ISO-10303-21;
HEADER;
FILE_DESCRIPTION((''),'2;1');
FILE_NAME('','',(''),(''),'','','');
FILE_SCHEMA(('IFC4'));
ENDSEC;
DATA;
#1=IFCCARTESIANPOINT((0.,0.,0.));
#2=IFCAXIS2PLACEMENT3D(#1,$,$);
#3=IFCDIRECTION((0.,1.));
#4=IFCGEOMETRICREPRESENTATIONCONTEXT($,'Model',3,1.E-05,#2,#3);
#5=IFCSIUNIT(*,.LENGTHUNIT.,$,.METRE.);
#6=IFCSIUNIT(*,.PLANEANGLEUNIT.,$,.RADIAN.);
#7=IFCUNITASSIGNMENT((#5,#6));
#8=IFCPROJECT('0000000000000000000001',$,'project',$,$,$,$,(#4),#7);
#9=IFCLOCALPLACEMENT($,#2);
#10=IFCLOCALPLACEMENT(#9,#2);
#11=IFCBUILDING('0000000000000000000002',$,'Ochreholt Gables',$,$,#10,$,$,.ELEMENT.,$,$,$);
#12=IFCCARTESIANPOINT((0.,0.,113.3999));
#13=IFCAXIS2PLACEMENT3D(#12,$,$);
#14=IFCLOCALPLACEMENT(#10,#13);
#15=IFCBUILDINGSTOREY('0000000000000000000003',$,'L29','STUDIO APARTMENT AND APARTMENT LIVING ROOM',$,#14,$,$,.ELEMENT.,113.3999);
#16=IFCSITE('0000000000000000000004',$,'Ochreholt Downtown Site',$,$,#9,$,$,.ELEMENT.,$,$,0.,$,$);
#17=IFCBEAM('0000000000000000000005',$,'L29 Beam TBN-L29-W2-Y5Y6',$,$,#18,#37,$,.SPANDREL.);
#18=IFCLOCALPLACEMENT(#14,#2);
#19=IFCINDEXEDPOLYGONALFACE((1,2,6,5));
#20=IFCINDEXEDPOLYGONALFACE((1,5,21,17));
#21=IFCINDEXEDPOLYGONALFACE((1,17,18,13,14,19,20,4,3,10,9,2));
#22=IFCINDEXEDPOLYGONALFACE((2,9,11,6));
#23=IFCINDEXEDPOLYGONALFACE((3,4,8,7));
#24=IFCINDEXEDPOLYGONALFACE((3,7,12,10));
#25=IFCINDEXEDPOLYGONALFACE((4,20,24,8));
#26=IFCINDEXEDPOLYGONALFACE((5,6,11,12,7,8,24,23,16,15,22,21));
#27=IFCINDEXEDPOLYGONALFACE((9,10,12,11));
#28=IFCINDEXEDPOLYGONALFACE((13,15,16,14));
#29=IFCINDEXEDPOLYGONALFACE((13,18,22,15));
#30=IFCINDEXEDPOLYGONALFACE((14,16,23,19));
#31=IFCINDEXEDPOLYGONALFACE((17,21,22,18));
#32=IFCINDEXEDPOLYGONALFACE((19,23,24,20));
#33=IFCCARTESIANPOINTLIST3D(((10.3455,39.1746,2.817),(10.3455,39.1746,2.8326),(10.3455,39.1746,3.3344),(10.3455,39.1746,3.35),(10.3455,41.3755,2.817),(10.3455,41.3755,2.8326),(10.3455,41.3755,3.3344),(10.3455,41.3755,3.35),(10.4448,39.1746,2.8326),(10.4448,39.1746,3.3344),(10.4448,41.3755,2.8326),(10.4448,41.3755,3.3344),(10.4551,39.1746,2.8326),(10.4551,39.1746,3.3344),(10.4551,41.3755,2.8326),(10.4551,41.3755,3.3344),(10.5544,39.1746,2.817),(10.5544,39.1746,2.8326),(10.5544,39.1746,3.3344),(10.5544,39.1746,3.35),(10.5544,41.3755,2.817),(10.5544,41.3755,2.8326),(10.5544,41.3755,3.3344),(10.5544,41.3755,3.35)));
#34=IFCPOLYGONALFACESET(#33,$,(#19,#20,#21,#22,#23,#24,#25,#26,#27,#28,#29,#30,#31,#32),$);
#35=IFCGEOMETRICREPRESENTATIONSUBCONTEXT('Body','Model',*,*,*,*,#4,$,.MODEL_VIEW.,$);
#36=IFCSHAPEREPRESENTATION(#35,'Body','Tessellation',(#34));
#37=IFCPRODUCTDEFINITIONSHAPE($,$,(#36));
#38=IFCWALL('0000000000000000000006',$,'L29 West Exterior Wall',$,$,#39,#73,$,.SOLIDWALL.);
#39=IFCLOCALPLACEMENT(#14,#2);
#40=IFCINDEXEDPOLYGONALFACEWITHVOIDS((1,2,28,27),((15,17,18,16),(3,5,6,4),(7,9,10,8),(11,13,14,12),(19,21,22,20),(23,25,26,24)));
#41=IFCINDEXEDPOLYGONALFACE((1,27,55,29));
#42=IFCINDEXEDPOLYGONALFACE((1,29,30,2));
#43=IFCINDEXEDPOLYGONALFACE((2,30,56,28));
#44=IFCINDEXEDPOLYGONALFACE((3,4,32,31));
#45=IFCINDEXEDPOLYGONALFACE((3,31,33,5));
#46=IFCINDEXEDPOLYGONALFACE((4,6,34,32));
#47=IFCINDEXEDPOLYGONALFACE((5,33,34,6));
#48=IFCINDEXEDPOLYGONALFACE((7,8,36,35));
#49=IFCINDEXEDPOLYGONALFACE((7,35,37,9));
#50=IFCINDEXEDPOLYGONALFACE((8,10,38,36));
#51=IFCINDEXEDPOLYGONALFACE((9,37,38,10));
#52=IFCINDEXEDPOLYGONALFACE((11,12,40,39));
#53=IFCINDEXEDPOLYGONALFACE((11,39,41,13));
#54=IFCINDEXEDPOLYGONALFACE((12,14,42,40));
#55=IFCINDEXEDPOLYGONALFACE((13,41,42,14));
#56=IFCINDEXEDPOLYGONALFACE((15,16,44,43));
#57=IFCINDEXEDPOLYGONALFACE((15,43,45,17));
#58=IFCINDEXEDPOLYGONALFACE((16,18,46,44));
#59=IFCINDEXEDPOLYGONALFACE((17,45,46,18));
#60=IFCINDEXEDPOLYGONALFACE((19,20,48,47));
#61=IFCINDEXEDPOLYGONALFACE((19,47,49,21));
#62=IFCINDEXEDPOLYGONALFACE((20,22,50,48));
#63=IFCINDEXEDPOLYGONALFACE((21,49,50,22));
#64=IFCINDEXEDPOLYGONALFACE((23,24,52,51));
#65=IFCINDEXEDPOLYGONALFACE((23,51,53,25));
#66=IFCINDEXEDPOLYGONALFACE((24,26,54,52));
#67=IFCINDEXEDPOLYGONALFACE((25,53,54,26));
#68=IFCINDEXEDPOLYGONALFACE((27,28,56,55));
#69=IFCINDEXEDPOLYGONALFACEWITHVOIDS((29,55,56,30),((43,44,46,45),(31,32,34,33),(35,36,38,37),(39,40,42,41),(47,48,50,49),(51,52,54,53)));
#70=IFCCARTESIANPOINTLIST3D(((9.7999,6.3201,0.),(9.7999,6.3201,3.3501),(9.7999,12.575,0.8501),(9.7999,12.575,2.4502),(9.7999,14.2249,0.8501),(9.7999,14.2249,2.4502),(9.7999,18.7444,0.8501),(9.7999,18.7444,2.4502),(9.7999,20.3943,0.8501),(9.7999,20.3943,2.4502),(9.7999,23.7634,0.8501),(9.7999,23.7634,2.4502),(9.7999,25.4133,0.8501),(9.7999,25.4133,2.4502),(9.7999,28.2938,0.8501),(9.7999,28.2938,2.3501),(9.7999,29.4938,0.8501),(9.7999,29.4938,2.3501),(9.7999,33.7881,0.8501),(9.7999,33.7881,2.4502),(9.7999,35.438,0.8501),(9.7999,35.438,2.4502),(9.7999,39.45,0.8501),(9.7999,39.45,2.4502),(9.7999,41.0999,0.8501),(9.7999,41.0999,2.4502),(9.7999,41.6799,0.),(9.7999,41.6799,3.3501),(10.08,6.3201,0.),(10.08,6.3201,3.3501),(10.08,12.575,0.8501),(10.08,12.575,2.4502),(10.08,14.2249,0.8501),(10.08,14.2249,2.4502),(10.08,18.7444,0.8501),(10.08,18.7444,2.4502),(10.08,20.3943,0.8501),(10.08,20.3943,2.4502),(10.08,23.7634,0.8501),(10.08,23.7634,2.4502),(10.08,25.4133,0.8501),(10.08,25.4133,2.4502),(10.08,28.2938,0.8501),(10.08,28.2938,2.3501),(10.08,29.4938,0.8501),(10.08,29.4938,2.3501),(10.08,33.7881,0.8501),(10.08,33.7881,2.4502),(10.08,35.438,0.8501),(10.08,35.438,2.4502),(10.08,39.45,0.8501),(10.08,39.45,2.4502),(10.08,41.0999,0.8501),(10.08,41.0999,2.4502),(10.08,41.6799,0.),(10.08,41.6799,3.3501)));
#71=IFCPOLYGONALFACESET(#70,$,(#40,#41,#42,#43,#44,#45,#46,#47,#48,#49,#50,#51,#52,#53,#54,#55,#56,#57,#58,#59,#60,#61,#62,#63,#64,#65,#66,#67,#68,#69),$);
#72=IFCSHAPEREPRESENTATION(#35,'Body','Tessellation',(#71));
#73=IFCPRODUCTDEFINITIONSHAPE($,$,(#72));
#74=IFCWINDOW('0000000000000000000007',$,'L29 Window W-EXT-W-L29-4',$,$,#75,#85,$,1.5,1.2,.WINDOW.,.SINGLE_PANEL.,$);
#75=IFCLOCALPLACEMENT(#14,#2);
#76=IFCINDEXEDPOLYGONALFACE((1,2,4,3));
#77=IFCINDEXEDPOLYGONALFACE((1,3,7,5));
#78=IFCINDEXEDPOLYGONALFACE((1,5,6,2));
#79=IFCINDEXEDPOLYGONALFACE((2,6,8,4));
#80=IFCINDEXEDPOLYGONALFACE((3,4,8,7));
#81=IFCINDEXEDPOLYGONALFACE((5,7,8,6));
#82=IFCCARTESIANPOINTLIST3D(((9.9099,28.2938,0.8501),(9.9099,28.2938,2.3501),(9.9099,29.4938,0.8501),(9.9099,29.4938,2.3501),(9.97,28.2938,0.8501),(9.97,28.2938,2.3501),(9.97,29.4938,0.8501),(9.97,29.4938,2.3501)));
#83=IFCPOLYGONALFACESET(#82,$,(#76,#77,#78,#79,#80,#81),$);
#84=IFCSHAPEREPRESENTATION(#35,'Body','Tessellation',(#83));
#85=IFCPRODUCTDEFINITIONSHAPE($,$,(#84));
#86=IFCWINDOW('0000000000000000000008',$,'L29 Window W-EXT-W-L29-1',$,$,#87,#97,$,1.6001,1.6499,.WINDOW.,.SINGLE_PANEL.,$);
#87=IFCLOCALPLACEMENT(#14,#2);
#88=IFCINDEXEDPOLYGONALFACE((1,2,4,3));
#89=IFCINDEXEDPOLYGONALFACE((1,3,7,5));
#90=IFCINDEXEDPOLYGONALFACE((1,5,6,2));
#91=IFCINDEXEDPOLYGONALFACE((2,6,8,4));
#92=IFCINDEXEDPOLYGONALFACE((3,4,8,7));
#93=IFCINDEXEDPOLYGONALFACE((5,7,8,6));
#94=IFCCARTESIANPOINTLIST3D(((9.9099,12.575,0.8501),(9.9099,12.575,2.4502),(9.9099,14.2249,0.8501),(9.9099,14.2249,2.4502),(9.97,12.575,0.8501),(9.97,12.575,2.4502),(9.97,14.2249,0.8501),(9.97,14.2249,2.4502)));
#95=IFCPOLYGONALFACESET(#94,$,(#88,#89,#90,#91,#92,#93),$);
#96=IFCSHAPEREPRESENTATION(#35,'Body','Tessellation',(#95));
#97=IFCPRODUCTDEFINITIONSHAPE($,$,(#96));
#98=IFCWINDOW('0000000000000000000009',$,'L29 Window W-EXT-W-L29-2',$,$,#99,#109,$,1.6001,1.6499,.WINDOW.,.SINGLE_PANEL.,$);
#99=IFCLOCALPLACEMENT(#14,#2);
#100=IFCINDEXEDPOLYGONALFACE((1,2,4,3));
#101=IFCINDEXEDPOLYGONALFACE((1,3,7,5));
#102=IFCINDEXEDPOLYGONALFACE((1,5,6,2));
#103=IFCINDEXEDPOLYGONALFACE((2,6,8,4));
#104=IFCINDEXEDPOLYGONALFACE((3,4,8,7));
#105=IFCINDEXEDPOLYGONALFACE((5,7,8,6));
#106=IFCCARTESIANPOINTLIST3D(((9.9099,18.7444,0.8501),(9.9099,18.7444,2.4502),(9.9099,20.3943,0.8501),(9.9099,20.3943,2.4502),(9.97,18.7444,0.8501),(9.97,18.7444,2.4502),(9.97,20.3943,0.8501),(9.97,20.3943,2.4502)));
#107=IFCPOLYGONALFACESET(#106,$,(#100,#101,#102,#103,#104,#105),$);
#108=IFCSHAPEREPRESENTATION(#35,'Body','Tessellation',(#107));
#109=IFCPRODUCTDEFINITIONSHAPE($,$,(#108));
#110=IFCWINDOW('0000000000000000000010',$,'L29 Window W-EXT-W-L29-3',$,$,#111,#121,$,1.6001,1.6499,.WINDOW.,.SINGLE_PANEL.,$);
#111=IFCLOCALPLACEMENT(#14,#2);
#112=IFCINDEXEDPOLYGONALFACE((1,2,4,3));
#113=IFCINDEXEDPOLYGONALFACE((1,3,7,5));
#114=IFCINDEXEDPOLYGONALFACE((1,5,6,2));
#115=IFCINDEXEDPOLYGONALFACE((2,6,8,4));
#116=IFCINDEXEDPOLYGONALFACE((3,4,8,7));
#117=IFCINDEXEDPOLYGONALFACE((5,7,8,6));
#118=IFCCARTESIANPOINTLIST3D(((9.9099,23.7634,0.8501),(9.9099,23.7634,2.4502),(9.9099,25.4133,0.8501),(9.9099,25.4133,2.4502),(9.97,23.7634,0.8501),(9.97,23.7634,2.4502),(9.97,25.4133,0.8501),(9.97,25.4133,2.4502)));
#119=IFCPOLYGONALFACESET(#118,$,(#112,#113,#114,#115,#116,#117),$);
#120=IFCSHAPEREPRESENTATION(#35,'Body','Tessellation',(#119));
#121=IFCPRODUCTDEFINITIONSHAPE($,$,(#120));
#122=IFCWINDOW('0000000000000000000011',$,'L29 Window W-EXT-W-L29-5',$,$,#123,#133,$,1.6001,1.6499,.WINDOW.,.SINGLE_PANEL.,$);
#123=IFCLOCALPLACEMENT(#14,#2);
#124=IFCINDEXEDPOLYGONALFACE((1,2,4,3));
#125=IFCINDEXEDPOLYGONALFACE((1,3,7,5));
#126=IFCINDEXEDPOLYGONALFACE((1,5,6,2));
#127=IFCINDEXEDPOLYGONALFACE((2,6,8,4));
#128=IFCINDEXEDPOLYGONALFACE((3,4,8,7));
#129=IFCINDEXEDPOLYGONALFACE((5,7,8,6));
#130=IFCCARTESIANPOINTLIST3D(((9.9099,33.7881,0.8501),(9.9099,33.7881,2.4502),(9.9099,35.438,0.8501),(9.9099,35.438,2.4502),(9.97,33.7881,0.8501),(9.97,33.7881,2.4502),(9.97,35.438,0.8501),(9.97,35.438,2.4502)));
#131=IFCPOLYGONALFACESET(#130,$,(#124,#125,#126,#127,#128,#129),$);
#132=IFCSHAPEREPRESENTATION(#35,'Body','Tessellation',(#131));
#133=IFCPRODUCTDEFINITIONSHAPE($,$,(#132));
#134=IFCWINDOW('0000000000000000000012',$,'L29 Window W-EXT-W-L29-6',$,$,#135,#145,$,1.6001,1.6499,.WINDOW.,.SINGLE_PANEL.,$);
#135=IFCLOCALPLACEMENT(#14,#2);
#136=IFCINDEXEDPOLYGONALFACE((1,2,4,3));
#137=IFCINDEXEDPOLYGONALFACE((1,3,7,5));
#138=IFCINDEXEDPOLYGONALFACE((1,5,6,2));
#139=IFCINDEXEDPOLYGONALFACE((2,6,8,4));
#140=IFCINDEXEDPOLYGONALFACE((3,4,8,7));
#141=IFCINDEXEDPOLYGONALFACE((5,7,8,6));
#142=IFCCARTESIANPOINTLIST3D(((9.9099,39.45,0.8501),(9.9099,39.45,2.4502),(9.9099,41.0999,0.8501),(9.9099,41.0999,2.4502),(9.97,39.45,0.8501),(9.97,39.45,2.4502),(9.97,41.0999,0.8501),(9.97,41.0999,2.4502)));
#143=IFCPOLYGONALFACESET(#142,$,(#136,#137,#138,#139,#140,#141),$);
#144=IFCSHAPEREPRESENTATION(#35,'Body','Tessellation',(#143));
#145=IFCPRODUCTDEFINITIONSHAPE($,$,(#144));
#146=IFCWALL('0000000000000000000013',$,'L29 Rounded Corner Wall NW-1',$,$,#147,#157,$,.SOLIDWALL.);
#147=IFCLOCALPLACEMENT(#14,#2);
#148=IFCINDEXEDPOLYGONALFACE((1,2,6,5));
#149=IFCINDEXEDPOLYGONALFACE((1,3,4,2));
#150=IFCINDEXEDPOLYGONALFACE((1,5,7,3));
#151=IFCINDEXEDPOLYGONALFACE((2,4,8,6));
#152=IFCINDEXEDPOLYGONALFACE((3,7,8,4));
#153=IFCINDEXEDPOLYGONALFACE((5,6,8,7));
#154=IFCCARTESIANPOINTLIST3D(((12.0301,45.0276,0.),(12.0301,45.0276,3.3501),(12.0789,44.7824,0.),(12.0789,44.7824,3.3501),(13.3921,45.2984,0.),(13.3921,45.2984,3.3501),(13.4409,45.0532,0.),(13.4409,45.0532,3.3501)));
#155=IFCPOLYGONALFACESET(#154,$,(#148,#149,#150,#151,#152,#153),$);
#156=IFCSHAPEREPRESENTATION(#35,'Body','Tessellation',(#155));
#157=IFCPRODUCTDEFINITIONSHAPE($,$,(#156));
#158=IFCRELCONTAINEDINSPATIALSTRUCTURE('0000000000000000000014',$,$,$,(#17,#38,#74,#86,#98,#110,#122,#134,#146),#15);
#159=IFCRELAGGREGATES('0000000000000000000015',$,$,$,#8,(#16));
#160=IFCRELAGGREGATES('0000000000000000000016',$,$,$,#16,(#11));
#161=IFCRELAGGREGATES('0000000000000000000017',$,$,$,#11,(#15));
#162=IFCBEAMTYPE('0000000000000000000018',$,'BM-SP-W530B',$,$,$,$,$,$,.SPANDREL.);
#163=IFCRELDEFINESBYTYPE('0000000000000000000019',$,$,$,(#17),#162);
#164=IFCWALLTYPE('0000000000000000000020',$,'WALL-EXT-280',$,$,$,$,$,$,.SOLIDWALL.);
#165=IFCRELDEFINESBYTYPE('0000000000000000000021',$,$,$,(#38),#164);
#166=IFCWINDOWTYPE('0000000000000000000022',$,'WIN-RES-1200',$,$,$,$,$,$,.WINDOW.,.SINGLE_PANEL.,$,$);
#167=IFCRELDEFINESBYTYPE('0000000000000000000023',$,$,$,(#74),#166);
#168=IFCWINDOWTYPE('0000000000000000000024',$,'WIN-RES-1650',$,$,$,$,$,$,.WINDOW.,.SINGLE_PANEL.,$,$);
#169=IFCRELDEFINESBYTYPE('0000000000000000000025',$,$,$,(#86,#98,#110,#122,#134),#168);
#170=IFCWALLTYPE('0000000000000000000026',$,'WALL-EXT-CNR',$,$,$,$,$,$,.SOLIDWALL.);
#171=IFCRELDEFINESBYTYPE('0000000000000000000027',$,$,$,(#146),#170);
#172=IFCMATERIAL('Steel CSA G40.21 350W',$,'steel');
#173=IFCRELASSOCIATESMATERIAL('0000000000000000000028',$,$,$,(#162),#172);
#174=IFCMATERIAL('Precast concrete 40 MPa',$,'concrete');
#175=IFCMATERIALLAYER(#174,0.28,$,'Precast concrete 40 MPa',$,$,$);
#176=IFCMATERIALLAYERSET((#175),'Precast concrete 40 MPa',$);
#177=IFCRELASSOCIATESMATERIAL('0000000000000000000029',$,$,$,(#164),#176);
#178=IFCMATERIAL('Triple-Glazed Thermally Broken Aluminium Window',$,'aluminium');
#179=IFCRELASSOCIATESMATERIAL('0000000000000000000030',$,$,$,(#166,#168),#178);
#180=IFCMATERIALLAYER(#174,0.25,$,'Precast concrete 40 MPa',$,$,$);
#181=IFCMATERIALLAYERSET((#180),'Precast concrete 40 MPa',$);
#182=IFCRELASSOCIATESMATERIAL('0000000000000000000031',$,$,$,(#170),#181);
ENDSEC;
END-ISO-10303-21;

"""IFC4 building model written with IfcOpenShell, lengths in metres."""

from ifc_helpers import new_model, si_unit, direction, frame, frame_2d, origin, origin_2d, place, context, subcontext, project, spatial, rectangle, i_section, extrude, material, layer, layer_set, material_profile, profile_set, type_object, element, fill, save


model = new_model("IFC4")

# Units and contexts
model_context = context("Model", 3, precision=1e-05, world=origin(), true_north=direction((0.0, 1.0)))
body_context = subcontext(model_context, "Body", "Model", "MODEL_VIEW")
ifc_project = project(units=[si_unit("LENGTHUNIT", "METRE"), si_unit("PLANEANGLEUNIT", "RADIAN")], contexts=[model_context])

# Site, building, storey
site_placement = place(None, origin())
site = spatial("IfcSite", under=ifc_project, at=site_placement, Name="Ochreholt Downtown Site", CompositionType="ELEMENT", RefElevation=0.0)
building_placement = place(site_placement, origin())
building = spatial("IfcBuilding", under=site, at=building_placement, Name="Ochreholt Gables", CompositionType="ELEMENT")
storey_placement = place(building_placement, frame((0.0, 0.0, 113.3999)))
storey = spatial("IfcBuildingStorey", under=building, at=storey_placement, Name="L29", Description="STUDIO APARTMENT AND APARTMENT LIVING ROOM", CompositionType="ELEMENT", Elevation=113.3999)

# Beam
ifc_material_1 = material(Name="Steel CSA G40.21 350W", Category="steel")
ifc_material_profile_1 = material_profile(ifc_material_1, i_section(OverallWidth=0.209, OverallDepth=0.533, WebThickness=0.0103, FlangeThickness=0.0156, at=origin_2d()), Name="W530X92")
ifc_profile_set_1 = profile_set([ifc_material_profile_1], Name="Steel CSA G40.21 350W")
beam_type_1 = type_object("IfcBeamType", Name="BM-SP-W530B", PredefinedType="SPANDREL", material=ifc_profile_set_1)
beam_1_placement = place(storey_placement, frame((10.45, 39.1746, 3.0835), z_axis=(0.0, 1.0, 0.0), x_axis=(-1.0, 0.0, 0.0)))
element("IfcBeam", 1, at=beam_1_placement, inside=storey, type_object=beam_type_1, Name="L29 Beam TBN-L29-W2-Y5Y6", PredefinedType="SPANDREL", context=body_context, shape_type="SweptSolid", body=[
    extrude(i_section(OverallWidth=0.209, OverallDepth=0.533, WebThickness=0.0103, FlangeThickness=0.0156, at=origin_2d()), origin(), (0.0, 0.0, 1.0), 2.2009),
])

# Wall, openings, windows
ifc_material_2 = material(Name="Precast concrete 40 MPa", Category="concrete")
ifc_layer_1 = layer(ifc_material_2, 0.28, Name="Precast concrete 40 MPa")
ifc_layer_set_1 = layer_set([ifc_layer_1], Name="Precast concrete 40 MPa")
wall_type_1 = type_object("IfcWallType", Name="WALL-EXT-280", PredefinedType="SOLIDWALL", material=ifc_layer_set_1)
wall_1_placement = place(storey_placement, frame((9.9399, 41.6799, 0.0), z_axis=(0.0, 0.0, 1.0), x_axis=(0.0, -1.0, 0.0)))
wall_1 = element("IfcWall", 2, at=wall_1_placement, inside=storey, type_object=wall_type_1, Name="L29 West Exterior Wall", PredefinedType="SOLIDWALL", context=body_context, shape_type="SweptSolid", body=[
    extrude(rectangle(XDim=35.3599, YDim=0.28, at=frame_2d((17.6799, 0.0))), origin(), (0.0, 0.0, 1.0), 3.3501),
])
opening_1_placement = place(wall_1_placement, frame((27.4551, 0.0, 0.8501)))
opening_1 = element("IfcOpeningElement", 3, at=opening_1_placement, cuts=wall_1, PredefinedType="OPENING", context=body_context, shape_type="SweptSolid", body=[
    extrude(rectangle(XDim=1.6499, YDim=1.6001, at=frame_2d((0.825, 0.8))), frame((0.0, 0.1499, 0.0), z_axis=(0.0, -1.0, 0.0), x_axis=(1.0, 0.0, 0.0)), (0.0, 0.0, 1.0), 0.3),
])
opening_2_placement = place(wall_1_placement, frame((21.2856, 0.0, 0.8501)))
opening_2 = element("IfcOpeningElement", 4, at=opening_2_placement, cuts=wall_1, PredefinedType="OPENING", context=body_context, shape_type="SweptSolid", body=[
    extrude(rectangle(XDim=1.6499, YDim=1.6001, at=frame_2d((0.825, 0.8))), frame((0.0, 0.1499, 0.0), z_axis=(0.0, -1.0, 0.0), x_axis=(1.0, 0.0, 0.0)), (0.0, 0.0, 1.0), 0.3),
])
opening_3_placement = place(wall_1_placement, frame((16.2666, 0.0, 0.8501)))
opening_3 = element("IfcOpeningElement", 5, at=opening_3_placement, cuts=wall_1, PredefinedType="OPENING", context=body_context, shape_type="SweptSolid", body=[
    extrude(rectangle(XDim=1.6499, YDim=1.6001, at=frame_2d((0.825, 0.8))), frame((0.0, 0.1499, 0.0), z_axis=(0.0, -1.0, 0.0), x_axis=(1.0, 0.0, 0.0)), (0.0, 0.0, 1.0), 0.3),
])
opening_4_placement = place(wall_1_placement, frame((12.186, 0.0, 0.8501)))
opening_4 = element("IfcOpeningElement", 6, at=opening_4_placement, cuts=wall_1, PredefinedType="OPENING", context=body_context, shape_type="SweptSolid", body=[
    extrude(rectangle(XDim=1.2, YDim=1.5, at=frame_2d((0.6001, 0.75))), frame((0.0, 0.1499, 0.0), z_axis=(0.0, -1.0, 0.0), x_axis=(1.0, 0.0, 0.0)), (0.0, 0.0, 1.0), 0.3),
])
opening_5_placement = place(wall_1_placement, frame((6.2419, 0.0, 0.8501)))
opening_5 = element("IfcOpeningElement", 7, at=opening_5_placement, cuts=wall_1, PredefinedType="OPENING", context=body_context, shape_type="SweptSolid", body=[
    extrude(rectangle(XDim=1.6499, YDim=1.6001, at=frame_2d((0.825, 0.8))), frame((0.0, 0.1499, 0.0), z_axis=(0.0, -1.0, 0.0), x_axis=(1.0, 0.0, 0.0)), (0.0, 0.0, 1.0), 0.3),
])
opening_6_placement = place(wall_1_placement, frame((0.5801, 0.0, 0.8501)))
opening_6 = element("IfcOpeningElement", 8, at=opening_6_placement, cuts=wall_1, PredefinedType="OPENING", context=body_context, shape_type="SweptSolid", body=[
    extrude(rectangle(XDim=1.6499, YDim=1.6001, at=frame_2d((0.825, 0.8))), frame((0.0, 0.1499, 0.0), z_axis=(0.0, -1.0, 0.0), x_axis=(1.0, 0.0, 0.0)), (0.0, 0.0, 1.0), 0.3),
])
ifc_material_3 = material(Name="Triple-Glazed Thermally Broken Aluminium Window", Category="aluminium")
window_type_1 = type_object("IfcWindowType", Name="WIN-RES-1200", PartitioningType="SINGLE_PANEL", PredefinedType="WINDOW", material=ifc_material_3)
window_1_placement = place(opening_4_placement, origin())
window_1 = element("IfcWindow", 9, at=window_1_placement, inside=storey, type_object=window_type_1, Name="L29 Window W-EXT-W-L29-4", OverallHeight=1.5, OverallWidth=1.2, PartitioningType="SINGLE_PANEL", PredefinedType="WINDOW", context=body_context, shape_type="SweptSolid", body=[
    extrude(rectangle(XDim=1.2, YDim=1.5, at=frame_2d((0.6001, 0.75))), frame((0.0, 0.03, 0.0), z_axis=(0.0, -1.0, 0.0), x_axis=(1.0, 0.0, 0.0)), (0.0, 0.0, 1.0), 0.0601),
])
fill(opening_4, window_1)
window_type_2 = type_object("IfcWindowType", Name="WIN-RES-1650", PartitioningType="SINGLE_PANEL", PredefinedType="WINDOW", material=ifc_material_3)
window_2_placement = place(opening_1_placement, origin())
window_2 = element("IfcWindow", 10, at=window_2_placement, inside=storey, type_object=window_type_2, Name="L29 Window W-EXT-W-L29-1", OverallHeight=1.6001, OverallWidth=1.6499, PartitioningType="SINGLE_PANEL", PredefinedType="WINDOW", context=body_context, shape_type="SweptSolid", body=[
    extrude(rectangle(XDim=1.6499, YDim=1.6001, at=frame_2d((0.825, 0.8))), frame((0.0, 0.03, 0.0), z_axis=(0.0, -1.0, 0.0), x_axis=(1.0, 0.0, 0.0)), (0.0, 0.0, 1.0), 0.0601),
])
fill(opening_1, window_2)
window_3_placement = place(opening_2_placement, origin())
window_3 = element("IfcWindow", 11, at=window_3_placement, inside=storey, type_object=window_type_2, Name="L29 Window W-EXT-W-L29-2", OverallHeight=1.6001, OverallWidth=1.6499, PartitioningType="SINGLE_PANEL", PredefinedType="WINDOW", context=body_context, shape_type="SweptSolid", body=[
    extrude(rectangle(XDim=1.6499, YDim=1.6001, at=frame_2d((0.825, 0.8))), frame((0.0, 0.03, 0.0), z_axis=(0.0, -1.0, 0.0), x_axis=(1.0, 0.0, 0.0)), (0.0, 0.0, 1.0), 0.0601),
])
fill(opening_2, window_3)
window_4_placement = place(opening_3_placement, origin())
window_4 = element("IfcWindow", 12, at=window_4_placement, inside=storey, type_object=window_type_2, Name="L29 Window W-EXT-W-L29-3", OverallHeight=1.6001, OverallWidth=1.6499, PartitioningType="SINGLE_PANEL", PredefinedType="WINDOW", context=body_context, shape_type="SweptSolid", body=[
    extrude(rectangle(XDim=1.6499, YDim=1.6001, at=frame_2d((0.825, 0.8))), frame((0.0, 0.03, 0.0), z_axis=(0.0, -1.0, 0.0), x_axis=(1.0, 0.0, 0.0)), (0.0, 0.0, 1.0), 0.0601),
])
fill(opening_3, window_4)
window_5_placement = place(opening_5_placement, origin())
window_5 = element("IfcWindow", 13, at=window_5_placement, inside=storey, type_object=window_type_2, Name="L29 Window W-EXT-W-L29-5", OverallHeight=1.6001, OverallWidth=1.6499, PartitioningType="SINGLE_PANEL", PredefinedType="WINDOW", context=body_context, shape_type="SweptSolid", body=[
    extrude(rectangle(XDim=1.6499, YDim=1.6001, at=frame_2d((0.825, 0.8))), frame((0.0, 0.03, 0.0), z_axis=(0.0, -1.0, 0.0), x_axis=(1.0, 0.0, 0.0)), (0.0, 0.0, 1.0), 0.0601),
])
fill(opening_5, window_5)
window_6_placement = place(opening_6_placement, origin())
window_6 = element("IfcWindow", 14, at=window_6_placement, inside=storey, type_object=window_type_2, Name="L29 Window W-EXT-W-L29-6", OverallHeight=1.6001, OverallWidth=1.6499, PartitioningType="SINGLE_PANEL", PredefinedType="WINDOW", context=body_context, shape_type="SweptSolid", body=[
    extrude(rectangle(XDim=1.6499, YDim=1.6001, at=frame_2d((0.825, 0.8))), frame((0.0, 0.03, 0.0), z_axis=(0.0, -1.0, 0.0), x_axis=(1.0, 0.0, 0.0)), (0.0, 0.0, 1.0), 0.0601),
])
fill(opening_6, window_6)

# Wall
ifc_layer_2 = layer(ifc_material_2, 0.25, Name="Precast concrete 40 MPa")
ifc_layer_set_2 = layer_set([ifc_layer_2], Name="Precast concrete 40 MPa")
wall_type_2 = type_object("IfcWallType", Name="WALL-EXT-CNR", PredefinedType="SOLIDWALL", material=ifc_layer_set_2)
wall_2_placement = place(storey_placement, frame((13.4165, 45.1758, 0.0), z_axis=(0.0, 0.0, 1.0), x_axis=(-0.98081, -0.194967, 0.0)))
element("IfcWall", 15, at=wall_2_placement, inside=storey, type_object=wall_type_2, Name="L29 Rounded Corner Wall NW-1", PredefinedType="SOLIDWALL", context=body_context, shape_type="SweptSolid", body=[
    extrude(rectangle(XDim=1.3887, YDim=0.25, at=frame_2d((0.6943, 0.0))), origin(), (0.0, 0.0, 1.0), 3.3501),
])

save(model, "model.ifc")
